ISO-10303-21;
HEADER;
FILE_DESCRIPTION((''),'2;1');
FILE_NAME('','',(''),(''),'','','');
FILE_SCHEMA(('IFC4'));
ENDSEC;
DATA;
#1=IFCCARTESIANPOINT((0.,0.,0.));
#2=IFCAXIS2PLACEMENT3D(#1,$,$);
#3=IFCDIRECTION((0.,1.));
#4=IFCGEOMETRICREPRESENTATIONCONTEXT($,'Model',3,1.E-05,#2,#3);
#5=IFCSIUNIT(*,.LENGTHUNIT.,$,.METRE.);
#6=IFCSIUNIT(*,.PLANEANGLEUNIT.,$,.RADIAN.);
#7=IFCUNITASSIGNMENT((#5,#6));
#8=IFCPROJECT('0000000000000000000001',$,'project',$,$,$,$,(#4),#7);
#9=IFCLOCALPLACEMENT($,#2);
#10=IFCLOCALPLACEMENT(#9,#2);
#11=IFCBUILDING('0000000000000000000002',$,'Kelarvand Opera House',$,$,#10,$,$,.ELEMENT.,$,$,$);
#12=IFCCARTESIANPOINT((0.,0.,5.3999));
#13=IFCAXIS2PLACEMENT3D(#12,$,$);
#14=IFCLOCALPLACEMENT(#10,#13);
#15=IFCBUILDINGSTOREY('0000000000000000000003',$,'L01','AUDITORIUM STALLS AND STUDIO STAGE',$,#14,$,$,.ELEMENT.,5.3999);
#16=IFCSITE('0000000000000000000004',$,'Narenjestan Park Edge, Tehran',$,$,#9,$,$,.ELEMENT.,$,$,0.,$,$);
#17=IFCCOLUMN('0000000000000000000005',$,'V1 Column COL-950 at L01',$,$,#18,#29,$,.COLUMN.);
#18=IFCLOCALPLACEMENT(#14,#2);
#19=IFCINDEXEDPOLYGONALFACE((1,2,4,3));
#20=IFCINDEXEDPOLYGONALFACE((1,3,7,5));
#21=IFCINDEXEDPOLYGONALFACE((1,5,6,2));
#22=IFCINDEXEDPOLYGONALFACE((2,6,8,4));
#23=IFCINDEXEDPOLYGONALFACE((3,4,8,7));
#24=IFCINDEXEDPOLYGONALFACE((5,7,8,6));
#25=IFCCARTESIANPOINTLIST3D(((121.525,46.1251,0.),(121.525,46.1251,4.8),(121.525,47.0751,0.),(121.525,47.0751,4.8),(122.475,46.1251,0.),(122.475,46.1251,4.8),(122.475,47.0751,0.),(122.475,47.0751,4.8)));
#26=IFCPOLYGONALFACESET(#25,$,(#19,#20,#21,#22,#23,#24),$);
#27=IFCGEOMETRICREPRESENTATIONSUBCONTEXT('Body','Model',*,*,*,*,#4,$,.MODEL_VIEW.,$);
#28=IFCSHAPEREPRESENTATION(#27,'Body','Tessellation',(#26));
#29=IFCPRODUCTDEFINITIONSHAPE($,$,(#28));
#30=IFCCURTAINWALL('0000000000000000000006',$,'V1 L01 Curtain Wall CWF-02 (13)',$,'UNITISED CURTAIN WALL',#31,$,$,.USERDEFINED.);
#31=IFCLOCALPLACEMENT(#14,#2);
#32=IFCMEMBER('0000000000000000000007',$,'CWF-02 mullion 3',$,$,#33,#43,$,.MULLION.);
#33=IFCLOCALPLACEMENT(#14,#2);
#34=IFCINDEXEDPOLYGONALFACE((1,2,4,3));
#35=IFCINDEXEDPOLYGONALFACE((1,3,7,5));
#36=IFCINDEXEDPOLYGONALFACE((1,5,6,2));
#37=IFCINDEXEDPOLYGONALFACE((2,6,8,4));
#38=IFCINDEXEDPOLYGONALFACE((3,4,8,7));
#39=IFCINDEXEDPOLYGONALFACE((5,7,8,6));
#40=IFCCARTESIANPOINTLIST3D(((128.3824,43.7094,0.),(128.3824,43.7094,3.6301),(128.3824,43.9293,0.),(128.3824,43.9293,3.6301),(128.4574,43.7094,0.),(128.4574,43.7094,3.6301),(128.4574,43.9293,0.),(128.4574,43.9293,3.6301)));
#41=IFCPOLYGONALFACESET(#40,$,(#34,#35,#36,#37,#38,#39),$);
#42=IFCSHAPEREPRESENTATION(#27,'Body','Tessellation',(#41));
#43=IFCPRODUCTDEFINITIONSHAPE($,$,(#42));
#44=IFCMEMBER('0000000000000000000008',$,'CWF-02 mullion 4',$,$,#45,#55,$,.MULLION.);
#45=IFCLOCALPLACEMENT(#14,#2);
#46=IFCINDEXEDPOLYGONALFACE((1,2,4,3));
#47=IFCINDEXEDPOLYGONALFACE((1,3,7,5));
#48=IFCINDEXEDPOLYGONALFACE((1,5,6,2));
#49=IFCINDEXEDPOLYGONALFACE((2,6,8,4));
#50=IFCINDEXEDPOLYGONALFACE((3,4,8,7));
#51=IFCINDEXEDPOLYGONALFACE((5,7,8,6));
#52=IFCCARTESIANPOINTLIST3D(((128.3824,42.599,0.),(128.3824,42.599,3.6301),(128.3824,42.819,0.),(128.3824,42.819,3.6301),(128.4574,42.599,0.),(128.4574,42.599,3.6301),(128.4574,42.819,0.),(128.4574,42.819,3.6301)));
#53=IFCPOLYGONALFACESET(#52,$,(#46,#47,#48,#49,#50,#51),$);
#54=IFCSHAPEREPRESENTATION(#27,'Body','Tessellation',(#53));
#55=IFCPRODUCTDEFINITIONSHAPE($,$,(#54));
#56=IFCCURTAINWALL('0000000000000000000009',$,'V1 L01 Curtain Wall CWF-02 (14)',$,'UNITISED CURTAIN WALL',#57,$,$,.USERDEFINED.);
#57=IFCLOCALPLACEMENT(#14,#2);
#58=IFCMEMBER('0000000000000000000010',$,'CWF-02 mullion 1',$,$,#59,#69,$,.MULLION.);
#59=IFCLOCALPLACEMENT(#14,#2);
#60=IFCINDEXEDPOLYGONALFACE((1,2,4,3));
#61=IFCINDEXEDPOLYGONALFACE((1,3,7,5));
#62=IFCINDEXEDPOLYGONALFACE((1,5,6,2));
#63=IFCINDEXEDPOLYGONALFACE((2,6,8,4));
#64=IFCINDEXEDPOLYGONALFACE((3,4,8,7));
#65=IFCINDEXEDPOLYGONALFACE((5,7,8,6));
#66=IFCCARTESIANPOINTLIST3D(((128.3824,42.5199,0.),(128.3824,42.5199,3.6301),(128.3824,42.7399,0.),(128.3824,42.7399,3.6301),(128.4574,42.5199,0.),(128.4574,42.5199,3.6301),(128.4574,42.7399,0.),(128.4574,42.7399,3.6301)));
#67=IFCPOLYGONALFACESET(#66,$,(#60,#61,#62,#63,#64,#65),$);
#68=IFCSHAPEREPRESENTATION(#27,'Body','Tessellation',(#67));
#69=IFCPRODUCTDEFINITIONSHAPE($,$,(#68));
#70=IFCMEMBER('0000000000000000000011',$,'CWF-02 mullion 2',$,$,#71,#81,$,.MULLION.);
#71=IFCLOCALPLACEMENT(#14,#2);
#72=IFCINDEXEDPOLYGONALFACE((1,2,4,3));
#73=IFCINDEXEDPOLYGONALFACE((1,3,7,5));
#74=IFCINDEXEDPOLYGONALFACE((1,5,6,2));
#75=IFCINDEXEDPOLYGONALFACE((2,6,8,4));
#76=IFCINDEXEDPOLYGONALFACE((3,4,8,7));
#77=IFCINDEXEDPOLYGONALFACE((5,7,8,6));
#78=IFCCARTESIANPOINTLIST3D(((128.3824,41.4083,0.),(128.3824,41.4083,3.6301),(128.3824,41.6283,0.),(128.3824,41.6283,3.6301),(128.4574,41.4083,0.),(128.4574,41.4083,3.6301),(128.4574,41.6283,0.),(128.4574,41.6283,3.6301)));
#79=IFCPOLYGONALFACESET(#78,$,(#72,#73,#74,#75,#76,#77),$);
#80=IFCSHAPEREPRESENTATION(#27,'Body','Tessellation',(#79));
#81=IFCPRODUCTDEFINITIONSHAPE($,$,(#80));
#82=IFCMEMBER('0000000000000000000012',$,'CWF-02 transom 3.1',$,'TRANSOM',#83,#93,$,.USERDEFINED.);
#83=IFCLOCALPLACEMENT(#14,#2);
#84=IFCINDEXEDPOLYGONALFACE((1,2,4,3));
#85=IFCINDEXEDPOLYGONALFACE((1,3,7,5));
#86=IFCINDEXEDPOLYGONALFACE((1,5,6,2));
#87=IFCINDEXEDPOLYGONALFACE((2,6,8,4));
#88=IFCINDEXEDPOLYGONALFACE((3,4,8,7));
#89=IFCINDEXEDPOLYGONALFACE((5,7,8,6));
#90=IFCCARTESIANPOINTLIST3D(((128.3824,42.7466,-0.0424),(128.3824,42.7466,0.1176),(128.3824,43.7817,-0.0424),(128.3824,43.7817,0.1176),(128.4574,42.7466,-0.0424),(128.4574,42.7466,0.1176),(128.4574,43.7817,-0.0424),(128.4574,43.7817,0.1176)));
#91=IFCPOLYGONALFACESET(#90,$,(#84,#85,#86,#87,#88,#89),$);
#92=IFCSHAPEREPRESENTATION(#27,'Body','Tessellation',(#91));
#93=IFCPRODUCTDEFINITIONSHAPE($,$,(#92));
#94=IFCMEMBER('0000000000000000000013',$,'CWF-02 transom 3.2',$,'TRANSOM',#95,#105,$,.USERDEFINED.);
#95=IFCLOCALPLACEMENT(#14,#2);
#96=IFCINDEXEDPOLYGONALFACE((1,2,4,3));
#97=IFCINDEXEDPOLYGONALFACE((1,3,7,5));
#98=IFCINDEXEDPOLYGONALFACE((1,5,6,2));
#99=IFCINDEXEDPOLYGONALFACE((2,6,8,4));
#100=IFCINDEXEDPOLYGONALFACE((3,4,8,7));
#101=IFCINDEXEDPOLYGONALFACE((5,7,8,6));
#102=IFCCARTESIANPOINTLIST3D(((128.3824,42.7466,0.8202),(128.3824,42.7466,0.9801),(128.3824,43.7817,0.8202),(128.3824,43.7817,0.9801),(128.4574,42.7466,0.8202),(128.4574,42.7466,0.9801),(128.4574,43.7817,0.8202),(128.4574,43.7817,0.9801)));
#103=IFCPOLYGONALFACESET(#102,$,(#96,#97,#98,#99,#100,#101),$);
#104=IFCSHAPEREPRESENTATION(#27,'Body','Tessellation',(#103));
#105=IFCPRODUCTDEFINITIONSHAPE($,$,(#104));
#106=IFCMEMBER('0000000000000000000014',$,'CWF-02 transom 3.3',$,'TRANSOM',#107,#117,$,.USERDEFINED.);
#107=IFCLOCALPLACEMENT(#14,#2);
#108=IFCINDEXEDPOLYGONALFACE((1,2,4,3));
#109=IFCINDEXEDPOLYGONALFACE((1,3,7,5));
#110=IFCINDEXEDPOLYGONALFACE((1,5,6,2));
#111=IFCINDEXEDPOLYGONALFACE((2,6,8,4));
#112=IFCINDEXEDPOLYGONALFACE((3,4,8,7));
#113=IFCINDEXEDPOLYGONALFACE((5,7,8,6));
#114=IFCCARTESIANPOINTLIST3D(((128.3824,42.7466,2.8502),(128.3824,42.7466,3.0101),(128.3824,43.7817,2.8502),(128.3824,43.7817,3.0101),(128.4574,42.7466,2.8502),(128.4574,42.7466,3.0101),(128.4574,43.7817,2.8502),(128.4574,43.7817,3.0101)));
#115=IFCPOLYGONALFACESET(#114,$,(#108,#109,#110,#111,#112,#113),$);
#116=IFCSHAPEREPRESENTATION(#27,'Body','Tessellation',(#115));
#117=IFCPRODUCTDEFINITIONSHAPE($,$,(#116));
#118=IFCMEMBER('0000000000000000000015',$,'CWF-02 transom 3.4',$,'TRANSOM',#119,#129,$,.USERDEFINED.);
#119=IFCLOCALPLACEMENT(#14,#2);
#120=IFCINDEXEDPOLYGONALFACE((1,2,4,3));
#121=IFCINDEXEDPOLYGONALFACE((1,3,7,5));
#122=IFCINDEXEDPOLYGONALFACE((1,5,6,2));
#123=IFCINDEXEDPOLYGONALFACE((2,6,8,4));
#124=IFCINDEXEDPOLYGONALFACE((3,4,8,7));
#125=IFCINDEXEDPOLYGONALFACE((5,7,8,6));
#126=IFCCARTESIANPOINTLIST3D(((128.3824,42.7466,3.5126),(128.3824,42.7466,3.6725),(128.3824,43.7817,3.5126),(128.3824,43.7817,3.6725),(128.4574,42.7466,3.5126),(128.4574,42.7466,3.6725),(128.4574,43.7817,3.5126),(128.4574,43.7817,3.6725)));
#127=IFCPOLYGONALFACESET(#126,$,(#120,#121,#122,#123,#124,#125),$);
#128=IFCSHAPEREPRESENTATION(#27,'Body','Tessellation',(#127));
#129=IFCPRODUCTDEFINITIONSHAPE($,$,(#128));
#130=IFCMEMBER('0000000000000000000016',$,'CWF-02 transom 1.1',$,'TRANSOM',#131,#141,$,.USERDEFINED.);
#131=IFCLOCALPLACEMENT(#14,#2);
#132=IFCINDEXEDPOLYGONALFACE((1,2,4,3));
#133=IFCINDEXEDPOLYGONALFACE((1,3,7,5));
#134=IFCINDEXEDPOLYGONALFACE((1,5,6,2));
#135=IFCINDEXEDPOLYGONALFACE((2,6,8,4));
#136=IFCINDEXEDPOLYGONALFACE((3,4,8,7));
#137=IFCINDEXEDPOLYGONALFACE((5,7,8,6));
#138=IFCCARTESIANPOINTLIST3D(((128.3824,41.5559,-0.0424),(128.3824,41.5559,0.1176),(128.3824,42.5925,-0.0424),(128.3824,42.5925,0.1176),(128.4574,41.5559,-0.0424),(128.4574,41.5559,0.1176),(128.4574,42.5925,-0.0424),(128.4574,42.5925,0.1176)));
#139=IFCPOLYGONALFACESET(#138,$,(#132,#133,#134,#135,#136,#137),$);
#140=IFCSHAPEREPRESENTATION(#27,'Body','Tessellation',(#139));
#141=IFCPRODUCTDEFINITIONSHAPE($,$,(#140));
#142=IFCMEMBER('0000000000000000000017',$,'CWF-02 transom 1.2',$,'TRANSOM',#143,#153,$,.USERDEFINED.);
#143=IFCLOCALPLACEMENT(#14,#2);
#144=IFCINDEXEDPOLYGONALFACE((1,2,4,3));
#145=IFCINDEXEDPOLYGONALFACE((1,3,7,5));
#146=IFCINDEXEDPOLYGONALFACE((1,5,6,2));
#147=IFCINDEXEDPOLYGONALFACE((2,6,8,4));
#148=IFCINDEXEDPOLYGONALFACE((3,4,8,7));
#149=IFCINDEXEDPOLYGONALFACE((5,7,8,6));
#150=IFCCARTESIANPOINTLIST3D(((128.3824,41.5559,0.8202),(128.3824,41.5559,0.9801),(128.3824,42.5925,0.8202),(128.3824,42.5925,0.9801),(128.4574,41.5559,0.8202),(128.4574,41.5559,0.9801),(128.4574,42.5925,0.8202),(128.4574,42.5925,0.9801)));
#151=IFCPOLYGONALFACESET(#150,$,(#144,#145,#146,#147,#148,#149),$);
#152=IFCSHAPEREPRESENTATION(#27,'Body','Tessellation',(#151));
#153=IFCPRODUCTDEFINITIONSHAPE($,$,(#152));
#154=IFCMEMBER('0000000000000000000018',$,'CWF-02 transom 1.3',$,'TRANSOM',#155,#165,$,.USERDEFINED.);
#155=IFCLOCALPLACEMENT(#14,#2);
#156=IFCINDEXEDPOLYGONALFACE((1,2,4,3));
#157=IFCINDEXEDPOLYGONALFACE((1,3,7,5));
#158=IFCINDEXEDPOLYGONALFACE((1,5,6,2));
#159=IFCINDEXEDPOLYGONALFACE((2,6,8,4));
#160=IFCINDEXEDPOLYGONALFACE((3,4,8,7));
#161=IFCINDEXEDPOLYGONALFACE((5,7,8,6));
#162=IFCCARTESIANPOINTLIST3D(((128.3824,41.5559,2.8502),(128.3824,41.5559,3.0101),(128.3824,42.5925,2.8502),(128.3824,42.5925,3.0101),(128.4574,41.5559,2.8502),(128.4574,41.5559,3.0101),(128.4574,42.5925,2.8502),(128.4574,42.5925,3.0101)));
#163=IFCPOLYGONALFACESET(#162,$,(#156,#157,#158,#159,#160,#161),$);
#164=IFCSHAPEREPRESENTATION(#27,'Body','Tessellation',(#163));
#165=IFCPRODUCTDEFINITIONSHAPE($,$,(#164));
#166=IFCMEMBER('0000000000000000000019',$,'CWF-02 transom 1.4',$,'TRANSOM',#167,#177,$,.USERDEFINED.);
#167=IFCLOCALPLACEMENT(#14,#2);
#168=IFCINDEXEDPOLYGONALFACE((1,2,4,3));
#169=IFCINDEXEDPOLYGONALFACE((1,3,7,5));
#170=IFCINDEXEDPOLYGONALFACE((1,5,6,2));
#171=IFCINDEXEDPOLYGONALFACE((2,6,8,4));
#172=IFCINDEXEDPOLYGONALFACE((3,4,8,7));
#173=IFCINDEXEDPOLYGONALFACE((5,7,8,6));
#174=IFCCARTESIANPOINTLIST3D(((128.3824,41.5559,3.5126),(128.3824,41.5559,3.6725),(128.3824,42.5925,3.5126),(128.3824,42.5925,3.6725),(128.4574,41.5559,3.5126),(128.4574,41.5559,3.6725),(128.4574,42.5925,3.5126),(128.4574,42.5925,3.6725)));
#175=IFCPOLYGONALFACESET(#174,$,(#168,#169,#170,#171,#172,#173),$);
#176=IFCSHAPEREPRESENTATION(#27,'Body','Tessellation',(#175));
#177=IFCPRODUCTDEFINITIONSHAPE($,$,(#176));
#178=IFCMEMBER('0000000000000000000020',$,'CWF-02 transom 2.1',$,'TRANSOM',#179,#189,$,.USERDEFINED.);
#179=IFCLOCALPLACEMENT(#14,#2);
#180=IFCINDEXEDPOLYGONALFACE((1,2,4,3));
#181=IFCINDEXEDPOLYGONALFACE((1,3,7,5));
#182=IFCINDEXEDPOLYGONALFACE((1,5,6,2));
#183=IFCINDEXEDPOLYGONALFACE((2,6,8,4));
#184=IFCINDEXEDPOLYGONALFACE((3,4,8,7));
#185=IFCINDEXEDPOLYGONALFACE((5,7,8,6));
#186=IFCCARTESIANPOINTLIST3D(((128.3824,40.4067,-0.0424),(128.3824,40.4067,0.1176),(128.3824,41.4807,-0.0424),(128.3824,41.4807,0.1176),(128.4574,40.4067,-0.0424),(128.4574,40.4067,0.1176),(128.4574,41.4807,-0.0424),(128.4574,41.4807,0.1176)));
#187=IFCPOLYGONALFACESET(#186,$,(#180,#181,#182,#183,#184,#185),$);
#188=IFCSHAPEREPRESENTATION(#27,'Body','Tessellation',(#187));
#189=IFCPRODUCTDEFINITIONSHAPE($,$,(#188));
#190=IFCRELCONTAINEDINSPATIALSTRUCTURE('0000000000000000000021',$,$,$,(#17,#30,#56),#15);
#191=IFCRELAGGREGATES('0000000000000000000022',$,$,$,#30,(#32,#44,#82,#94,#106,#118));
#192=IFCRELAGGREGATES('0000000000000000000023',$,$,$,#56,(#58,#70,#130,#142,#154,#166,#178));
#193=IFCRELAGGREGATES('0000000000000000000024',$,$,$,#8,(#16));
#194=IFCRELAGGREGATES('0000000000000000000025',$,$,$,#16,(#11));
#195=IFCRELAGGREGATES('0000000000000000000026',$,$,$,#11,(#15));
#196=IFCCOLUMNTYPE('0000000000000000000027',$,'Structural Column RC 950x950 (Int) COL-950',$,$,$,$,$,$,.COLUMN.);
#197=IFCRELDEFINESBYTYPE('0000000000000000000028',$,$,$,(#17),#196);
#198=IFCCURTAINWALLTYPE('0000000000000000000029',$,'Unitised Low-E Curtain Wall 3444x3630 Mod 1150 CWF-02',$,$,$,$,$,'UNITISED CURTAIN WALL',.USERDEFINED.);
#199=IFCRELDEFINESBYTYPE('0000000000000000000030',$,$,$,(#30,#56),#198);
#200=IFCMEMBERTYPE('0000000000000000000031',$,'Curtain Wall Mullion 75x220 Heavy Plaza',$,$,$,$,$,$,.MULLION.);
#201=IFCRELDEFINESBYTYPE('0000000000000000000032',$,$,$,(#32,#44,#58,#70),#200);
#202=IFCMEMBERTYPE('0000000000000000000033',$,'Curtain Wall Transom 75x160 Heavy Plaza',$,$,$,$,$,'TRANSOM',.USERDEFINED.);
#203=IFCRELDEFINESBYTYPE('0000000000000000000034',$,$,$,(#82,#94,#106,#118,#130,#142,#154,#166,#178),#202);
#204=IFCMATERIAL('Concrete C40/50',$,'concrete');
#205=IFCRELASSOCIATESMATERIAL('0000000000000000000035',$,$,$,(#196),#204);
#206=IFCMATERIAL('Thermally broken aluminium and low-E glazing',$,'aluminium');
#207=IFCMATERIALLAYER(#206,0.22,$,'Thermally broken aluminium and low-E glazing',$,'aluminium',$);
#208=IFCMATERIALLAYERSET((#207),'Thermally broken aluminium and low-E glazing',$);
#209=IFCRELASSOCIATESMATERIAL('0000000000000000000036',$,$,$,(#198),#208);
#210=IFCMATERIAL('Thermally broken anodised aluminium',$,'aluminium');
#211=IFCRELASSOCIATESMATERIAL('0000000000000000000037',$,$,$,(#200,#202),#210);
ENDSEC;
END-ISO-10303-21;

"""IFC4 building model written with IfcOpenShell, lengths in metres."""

from ifc_helpers import new_model, si_unit, direction, frame, origin, origin_2d, place, context, subcontext, project, spatial, rectangle, extrude, material, layer, layer_set, material_profile, profile_set, type_object, element, aggregate, save


model = new_model("IFC4")

# Units and contexts
model_context = context("Model", 3, precision=1e-05, world=origin(), true_north=direction((0.0, 1.0)))
body_context = subcontext(model_context, "Body", "Model", "MODEL_VIEW")
ifc_project = project(units=[si_unit("LENGTHUNIT", "METRE"), si_unit("PLANEANGLEUNIT", "RADIAN")], contexts=[model_context])

# Site, building, storey
site_placement = place(None, origin())
site = spatial("IfcSite", under=ifc_project, at=site_placement, Name="Narenjestan Park Edge, Tehran", CompositionType="ELEMENT", RefElevation=0.0)
building_placement = place(site_placement, origin())
building = spatial("IfcBuilding", under=site, at=building_placement, Name="Kelarvand Opera House", CompositionType="ELEMENT")
storey_placement = place(building_placement, frame((0.0, 0.0, 5.3999)))
storey = spatial("IfcBuildingStorey", under=building, at=storey_placement, Name="L01", Description="AUDITORIUM STALLS AND STUDIO STAGE", CompositionType="ELEMENT", Elevation=5.3999)

# Column
ifc_material_1 = material(Name="Concrete C40/50", Category="concrete")
ifc_material_profile_1 = material_profile(ifc_material_1, rectangle(XDim=0.95, YDim=0.95, at=origin_2d()), Name="RC 950x950", Category="concrete")
ifc_profile_set_1 = profile_set([ifc_material_profile_1], Name="Concrete C40/50")
column_type = type_object("IfcColumnType", Name="Structural Column RC 950x950 (Int) COL-950", PredefinedType="COLUMN", material=ifc_profile_set_1)
column_placement = place(storey_placement, frame((122.0, 46.6001, 0.0), z_axis=(0.0, 0.0, 1.0), x_axis=(1.0, 0.0, 0.0)))
element("IfcColumn", 1, at=column_placement, inside=storey, type_object=column_type, Name="V1 Column COL-950 at L01", PredefinedType="COLUMN", context=body_context, shape_type="SweptSolid", body=[
    extrude(rectangle(XDim=0.95, YDim=0.95, at=origin_2d()), origin(), (0.0, 0.0, 1.0), 4.8),
])

# Curtain walls, members
ifc_material_2 = material(Name="Thermally broken aluminium and low-E glazing", Category="aluminium")
ifc_layer_1 = layer(ifc_material_2, 0.22, Name="Thermally broken aluminium and low-E glazing", Category="aluminium")
ifc_layer_set_1 = layer_set([ifc_layer_1], Name="Thermally broken aluminium and low-E glazing")
curtain_wall_type = type_object("IfcCurtainWallType", Name="Unitised Low-E Curtain Wall 3444x3630 Mod 1150 CWF-02", ElementType="UNITISED CURTAIN WALL", PredefinedType="USERDEFINED", material=ifc_layer_set_1)
curtain_wall_1_placement = place(storey_placement, origin())
curtain_wall_1 = element("IfcCurtainWall", 2, at=curtain_wall_1_placement, inside=storey, type_object=curtain_wall_type, Name="V1 L01 Curtain Wall CWF-02 (13)", ObjectType="UNITISED CURTAIN WALL", PredefinedType="USERDEFINED")
ifc_material_3 = material(Name="Thermally broken anodised aluminium", Category="aluminium")
ifc_material_profile_2 = material_profile(ifc_material_3, rectangle(XDim=0.075, YDim=0.22, at=origin_2d()), Name="ALU MULLION 75x220", Category="aluminium")
ifc_profile_set_2 = profile_set([ifc_material_profile_2], Name="Thermally broken anodised aluminium")
member_type_1 = type_object("IfcMemberType", Name="Curtain Wall Mullion 75x220 Heavy Plaza", PredefinedType="MULLION", material=ifc_profile_set_2)
member_1_placement = place(storey_placement, frame((128.4199, 43.8193, 0.0), z_axis=(0.0, 0.0, 1.0), x_axis=(1.0, 0.0, 0.0)))
member_1 = element("IfcMember", 3, at=member_1_placement, type_object=member_type_1, Name="CWF-02 mullion 3", PredefinedType="MULLION", context=body_context, shape_type="SweptSolid", body=[
    extrude(rectangle(XDim=0.075, YDim=0.22, at=origin_2d()), origin(), (0.0, 0.0, 1.0), 3.6301),
])
member_2_placement = place(storey_placement, frame((128.4199, 42.709, 0.0), z_axis=(0.0, 0.0, 1.0), x_axis=(1.0, 0.0, 0.0)))
member_2 = element("IfcMember", 4, at=member_2_placement, type_object=member_type_1, Name="CWF-02 mullion 4", PredefinedType="MULLION", context=body_context, shape_type="SweptSolid", body=[
    extrude(rectangle(XDim=0.075, YDim=0.22, at=origin_2d()), origin(), (0.0, 0.0, 1.0), 3.6301),
])
curtain_wall_2_placement = place(storey_placement, origin())
curtain_wall_2 = element("IfcCurtainWall", 5, at=curtain_wall_2_placement, inside=storey, type_object=curtain_wall_type, Name="V1 L01 Curtain Wall CWF-02 (14)", ObjectType="UNITISED CURTAIN WALL", PredefinedType="USERDEFINED")
member_3_placement = place(storey_placement, frame((128.4199, 42.6299, 0.0), z_axis=(0.0, 0.0, 1.0), x_axis=(1.0, 0.0, 0.0)))
member_3 = element("IfcMember", 6, at=member_3_placement, type_object=member_type_1, Name="CWF-02 mullion 1", PredefinedType="MULLION", context=body_context, shape_type="SweptSolid", body=[
    extrude(rectangle(XDim=0.075, YDim=0.22, at=origin_2d()), origin(), (0.0, 0.0, 1.0), 3.6301),
])
member_4_placement = place(storey_placement, frame((128.4199, 41.5183, 0.0), z_axis=(0.0, 0.0, 1.0), x_axis=(1.0, 0.0, 0.0)))
member_4 = element("IfcMember", 7, at=member_4_placement, type_object=member_type_1, Name="CWF-02 mullion 2", PredefinedType="MULLION", context=body_context, shape_type="SweptSolid", body=[
    extrude(rectangle(XDim=0.075, YDim=0.22, at=origin_2d()), origin(), (0.0, 0.0, 1.0), 3.6301),
])

# Members
ifc_material_profile_3 = material_profile(ifc_material_3, rectangle(XDim=0.075, YDim=0.1599, at=origin_2d()), Name="ALU TRANSOM 75x160", Category="aluminium")
ifc_profile_set_3 = profile_set([ifc_material_profile_3], Name="Thermally broken anodised aluminium")
member_type_2 = type_object("IfcMemberType", Name="Curtain Wall Transom 75x160 Heavy Plaza", ElementType="TRANSOM", PredefinedType="USERDEFINED", material=ifc_profile_set_3)
member_5_placement = place(storey_placement, frame((128.4199, 43.7817, 0.0376), z_axis=(0.0, -1.0, 0.0), x_axis=(1.0, 0.0, 0.0)))
member_5 = element("IfcMember", 8, at=member_5_placement, type_object=member_type_2, Name="CWF-02 transom 3.1", ObjectType="TRANSOM", PredefinedType="USERDEFINED", context=body_context, shape_type="SweptSolid", body=[
    extrude(rectangle(XDim=0.075, YDim=0.1599, at=origin_2d()), origin(), (0.0, 0.0, 1.0), 1.0352),
])
member_6_placement = place(storey_placement, frame((128.4199, 43.7817, 0.9001), z_axis=(0.0, -1.0, 0.0), x_axis=(1.0, 0.0, 0.0)))
member_6 = element("IfcMember", 9, at=member_6_placement, type_object=member_type_2, Name="CWF-02 transom 3.2", ObjectType="TRANSOM", PredefinedType="USERDEFINED", context=body_context, shape_type="SweptSolid", body=[
    extrude(rectangle(XDim=0.075, YDim=0.1599, at=origin_2d()), origin(), (0.0, 0.0, 1.0), 1.0352),
])
member_7_placement = place(storey_placement, frame((128.4199, 43.7817, 2.9302), z_axis=(0.0, -1.0, 0.0), x_axis=(1.0, 0.0, 0.0)))
member_7 = element("IfcMember", 10, at=member_7_placement, type_object=member_type_2, Name="CWF-02 transom 3.3", ObjectType="TRANSOM", PredefinedType="USERDEFINED", context=body_context, shape_type="SweptSolid", body=[
    extrude(rectangle(XDim=0.075, YDim=0.1599, at=origin_2d()), origin(), (0.0, 0.0, 1.0), 1.0352),
])
member_8_placement = place(storey_placement, frame((128.4199, 43.7817, 3.5925), z_axis=(0.0, -1.0, 0.0), x_axis=(1.0, 0.0, 0.0)))
member_8 = element("IfcMember", 11, at=member_8_placement, type_object=member_type_2, Name="CWF-02 transom 3.4", ObjectType="TRANSOM", PredefinedType="USERDEFINED", context=body_context, shape_type="SweptSolid", body=[
    extrude(rectangle(XDim=0.075, YDim=0.1599, at=origin_2d()), origin(), (0.0, 0.0, 1.0), 1.0352),
])
member_9_placement = place(storey_placement, frame((128.4199, 42.5925, 0.0376), z_axis=(0.0, -1.0, 0.0), x_axis=(1.0, 0.0, 0.0)))
member_9 = element("IfcMember", 12, at=member_9_placement, type_object=member_type_2, Name="CWF-02 transom 1.1", ObjectType="TRANSOM", PredefinedType="USERDEFINED", context=body_context, shape_type="SweptSolid", body=[
    extrude(rectangle(XDim=0.075, YDim=0.1599, at=origin_2d()), origin(), (0.0, 0.0, 1.0), 1.0366),
])
member_10_placement = place(storey_placement, frame((128.4199, 42.5925, 0.9001), z_axis=(0.0, -1.0, 0.0), x_axis=(1.0, 0.0, 0.0)))
member_10 = element("IfcMember", 13, at=member_10_placement, type_object=member_type_2, Name="CWF-02 transom 1.2", ObjectType="TRANSOM", PredefinedType="USERDEFINED", context=body_context, shape_type="SweptSolid", body=[
    extrude(rectangle(XDim=0.075, YDim=0.1599, at=origin_2d()), origin(), (0.0, 0.0, 1.0), 1.0366),
])
member_11_placement = place(storey_placement, frame((128.4199, 42.5925, 2.9302), z_axis=(0.0, -1.0, 0.0), x_axis=(1.0, 0.0, 0.0)))
member_11 = element("IfcMember", 14, at=member_11_placement, type_object=member_type_2, Name="CWF-02 transom 1.3", ObjectType="TRANSOM", PredefinedType="USERDEFINED", context=body_context, shape_type="SweptSolid", body=[
    extrude(rectangle(XDim=0.075, YDim=0.1599, at=origin_2d()), origin(), (0.0, 0.0, 1.0), 1.0366),
])
member_12_placement = place(storey_placement, frame((128.4199, 42.5925, 3.5925), z_axis=(0.0, -1.0, 0.0), x_axis=(1.0, 0.0, 0.0)))
member_12 = element("IfcMember", 15, at=member_12_placement, type_object=member_type_2, Name="CWF-02 transom 1.4", ObjectType="TRANSOM", PredefinedType="USERDEFINED", context=body_context, shape_type="SweptSolid", body=[
    extrude(rectangle(XDim=0.075, YDim=0.1599, at=origin_2d()), origin(), (0.0, 0.0, 1.0), 1.0366),
])
member_13_placement = place(storey_placement, frame((128.4199, 41.4807, 0.0376), z_axis=(0.0, -1.0, 0.0), x_axis=(1.0, 0.0, 0.0)))
member_13 = element("IfcMember", 16, at=member_13_placement, type_object=member_type_2, Name="CWF-02 transom 2.1", ObjectType="TRANSOM", PredefinedType="USERDEFINED", context=body_context, shape_type="SweptSolid", body=[
    extrude(rectangle(XDim=0.075, YDim=0.1599, at=origin_2d()), origin(), (0.0, 0.0, 1.0), 1.074),
])

aggregate(curtain_wall_1, [member_1, member_2, member_5, member_6, member_7, member_8])
aggregate(curtain_wall_2, [member_3, member_4, member_9, member_10, member_11, member_12, member_13])

save(model, "model.ifc")
